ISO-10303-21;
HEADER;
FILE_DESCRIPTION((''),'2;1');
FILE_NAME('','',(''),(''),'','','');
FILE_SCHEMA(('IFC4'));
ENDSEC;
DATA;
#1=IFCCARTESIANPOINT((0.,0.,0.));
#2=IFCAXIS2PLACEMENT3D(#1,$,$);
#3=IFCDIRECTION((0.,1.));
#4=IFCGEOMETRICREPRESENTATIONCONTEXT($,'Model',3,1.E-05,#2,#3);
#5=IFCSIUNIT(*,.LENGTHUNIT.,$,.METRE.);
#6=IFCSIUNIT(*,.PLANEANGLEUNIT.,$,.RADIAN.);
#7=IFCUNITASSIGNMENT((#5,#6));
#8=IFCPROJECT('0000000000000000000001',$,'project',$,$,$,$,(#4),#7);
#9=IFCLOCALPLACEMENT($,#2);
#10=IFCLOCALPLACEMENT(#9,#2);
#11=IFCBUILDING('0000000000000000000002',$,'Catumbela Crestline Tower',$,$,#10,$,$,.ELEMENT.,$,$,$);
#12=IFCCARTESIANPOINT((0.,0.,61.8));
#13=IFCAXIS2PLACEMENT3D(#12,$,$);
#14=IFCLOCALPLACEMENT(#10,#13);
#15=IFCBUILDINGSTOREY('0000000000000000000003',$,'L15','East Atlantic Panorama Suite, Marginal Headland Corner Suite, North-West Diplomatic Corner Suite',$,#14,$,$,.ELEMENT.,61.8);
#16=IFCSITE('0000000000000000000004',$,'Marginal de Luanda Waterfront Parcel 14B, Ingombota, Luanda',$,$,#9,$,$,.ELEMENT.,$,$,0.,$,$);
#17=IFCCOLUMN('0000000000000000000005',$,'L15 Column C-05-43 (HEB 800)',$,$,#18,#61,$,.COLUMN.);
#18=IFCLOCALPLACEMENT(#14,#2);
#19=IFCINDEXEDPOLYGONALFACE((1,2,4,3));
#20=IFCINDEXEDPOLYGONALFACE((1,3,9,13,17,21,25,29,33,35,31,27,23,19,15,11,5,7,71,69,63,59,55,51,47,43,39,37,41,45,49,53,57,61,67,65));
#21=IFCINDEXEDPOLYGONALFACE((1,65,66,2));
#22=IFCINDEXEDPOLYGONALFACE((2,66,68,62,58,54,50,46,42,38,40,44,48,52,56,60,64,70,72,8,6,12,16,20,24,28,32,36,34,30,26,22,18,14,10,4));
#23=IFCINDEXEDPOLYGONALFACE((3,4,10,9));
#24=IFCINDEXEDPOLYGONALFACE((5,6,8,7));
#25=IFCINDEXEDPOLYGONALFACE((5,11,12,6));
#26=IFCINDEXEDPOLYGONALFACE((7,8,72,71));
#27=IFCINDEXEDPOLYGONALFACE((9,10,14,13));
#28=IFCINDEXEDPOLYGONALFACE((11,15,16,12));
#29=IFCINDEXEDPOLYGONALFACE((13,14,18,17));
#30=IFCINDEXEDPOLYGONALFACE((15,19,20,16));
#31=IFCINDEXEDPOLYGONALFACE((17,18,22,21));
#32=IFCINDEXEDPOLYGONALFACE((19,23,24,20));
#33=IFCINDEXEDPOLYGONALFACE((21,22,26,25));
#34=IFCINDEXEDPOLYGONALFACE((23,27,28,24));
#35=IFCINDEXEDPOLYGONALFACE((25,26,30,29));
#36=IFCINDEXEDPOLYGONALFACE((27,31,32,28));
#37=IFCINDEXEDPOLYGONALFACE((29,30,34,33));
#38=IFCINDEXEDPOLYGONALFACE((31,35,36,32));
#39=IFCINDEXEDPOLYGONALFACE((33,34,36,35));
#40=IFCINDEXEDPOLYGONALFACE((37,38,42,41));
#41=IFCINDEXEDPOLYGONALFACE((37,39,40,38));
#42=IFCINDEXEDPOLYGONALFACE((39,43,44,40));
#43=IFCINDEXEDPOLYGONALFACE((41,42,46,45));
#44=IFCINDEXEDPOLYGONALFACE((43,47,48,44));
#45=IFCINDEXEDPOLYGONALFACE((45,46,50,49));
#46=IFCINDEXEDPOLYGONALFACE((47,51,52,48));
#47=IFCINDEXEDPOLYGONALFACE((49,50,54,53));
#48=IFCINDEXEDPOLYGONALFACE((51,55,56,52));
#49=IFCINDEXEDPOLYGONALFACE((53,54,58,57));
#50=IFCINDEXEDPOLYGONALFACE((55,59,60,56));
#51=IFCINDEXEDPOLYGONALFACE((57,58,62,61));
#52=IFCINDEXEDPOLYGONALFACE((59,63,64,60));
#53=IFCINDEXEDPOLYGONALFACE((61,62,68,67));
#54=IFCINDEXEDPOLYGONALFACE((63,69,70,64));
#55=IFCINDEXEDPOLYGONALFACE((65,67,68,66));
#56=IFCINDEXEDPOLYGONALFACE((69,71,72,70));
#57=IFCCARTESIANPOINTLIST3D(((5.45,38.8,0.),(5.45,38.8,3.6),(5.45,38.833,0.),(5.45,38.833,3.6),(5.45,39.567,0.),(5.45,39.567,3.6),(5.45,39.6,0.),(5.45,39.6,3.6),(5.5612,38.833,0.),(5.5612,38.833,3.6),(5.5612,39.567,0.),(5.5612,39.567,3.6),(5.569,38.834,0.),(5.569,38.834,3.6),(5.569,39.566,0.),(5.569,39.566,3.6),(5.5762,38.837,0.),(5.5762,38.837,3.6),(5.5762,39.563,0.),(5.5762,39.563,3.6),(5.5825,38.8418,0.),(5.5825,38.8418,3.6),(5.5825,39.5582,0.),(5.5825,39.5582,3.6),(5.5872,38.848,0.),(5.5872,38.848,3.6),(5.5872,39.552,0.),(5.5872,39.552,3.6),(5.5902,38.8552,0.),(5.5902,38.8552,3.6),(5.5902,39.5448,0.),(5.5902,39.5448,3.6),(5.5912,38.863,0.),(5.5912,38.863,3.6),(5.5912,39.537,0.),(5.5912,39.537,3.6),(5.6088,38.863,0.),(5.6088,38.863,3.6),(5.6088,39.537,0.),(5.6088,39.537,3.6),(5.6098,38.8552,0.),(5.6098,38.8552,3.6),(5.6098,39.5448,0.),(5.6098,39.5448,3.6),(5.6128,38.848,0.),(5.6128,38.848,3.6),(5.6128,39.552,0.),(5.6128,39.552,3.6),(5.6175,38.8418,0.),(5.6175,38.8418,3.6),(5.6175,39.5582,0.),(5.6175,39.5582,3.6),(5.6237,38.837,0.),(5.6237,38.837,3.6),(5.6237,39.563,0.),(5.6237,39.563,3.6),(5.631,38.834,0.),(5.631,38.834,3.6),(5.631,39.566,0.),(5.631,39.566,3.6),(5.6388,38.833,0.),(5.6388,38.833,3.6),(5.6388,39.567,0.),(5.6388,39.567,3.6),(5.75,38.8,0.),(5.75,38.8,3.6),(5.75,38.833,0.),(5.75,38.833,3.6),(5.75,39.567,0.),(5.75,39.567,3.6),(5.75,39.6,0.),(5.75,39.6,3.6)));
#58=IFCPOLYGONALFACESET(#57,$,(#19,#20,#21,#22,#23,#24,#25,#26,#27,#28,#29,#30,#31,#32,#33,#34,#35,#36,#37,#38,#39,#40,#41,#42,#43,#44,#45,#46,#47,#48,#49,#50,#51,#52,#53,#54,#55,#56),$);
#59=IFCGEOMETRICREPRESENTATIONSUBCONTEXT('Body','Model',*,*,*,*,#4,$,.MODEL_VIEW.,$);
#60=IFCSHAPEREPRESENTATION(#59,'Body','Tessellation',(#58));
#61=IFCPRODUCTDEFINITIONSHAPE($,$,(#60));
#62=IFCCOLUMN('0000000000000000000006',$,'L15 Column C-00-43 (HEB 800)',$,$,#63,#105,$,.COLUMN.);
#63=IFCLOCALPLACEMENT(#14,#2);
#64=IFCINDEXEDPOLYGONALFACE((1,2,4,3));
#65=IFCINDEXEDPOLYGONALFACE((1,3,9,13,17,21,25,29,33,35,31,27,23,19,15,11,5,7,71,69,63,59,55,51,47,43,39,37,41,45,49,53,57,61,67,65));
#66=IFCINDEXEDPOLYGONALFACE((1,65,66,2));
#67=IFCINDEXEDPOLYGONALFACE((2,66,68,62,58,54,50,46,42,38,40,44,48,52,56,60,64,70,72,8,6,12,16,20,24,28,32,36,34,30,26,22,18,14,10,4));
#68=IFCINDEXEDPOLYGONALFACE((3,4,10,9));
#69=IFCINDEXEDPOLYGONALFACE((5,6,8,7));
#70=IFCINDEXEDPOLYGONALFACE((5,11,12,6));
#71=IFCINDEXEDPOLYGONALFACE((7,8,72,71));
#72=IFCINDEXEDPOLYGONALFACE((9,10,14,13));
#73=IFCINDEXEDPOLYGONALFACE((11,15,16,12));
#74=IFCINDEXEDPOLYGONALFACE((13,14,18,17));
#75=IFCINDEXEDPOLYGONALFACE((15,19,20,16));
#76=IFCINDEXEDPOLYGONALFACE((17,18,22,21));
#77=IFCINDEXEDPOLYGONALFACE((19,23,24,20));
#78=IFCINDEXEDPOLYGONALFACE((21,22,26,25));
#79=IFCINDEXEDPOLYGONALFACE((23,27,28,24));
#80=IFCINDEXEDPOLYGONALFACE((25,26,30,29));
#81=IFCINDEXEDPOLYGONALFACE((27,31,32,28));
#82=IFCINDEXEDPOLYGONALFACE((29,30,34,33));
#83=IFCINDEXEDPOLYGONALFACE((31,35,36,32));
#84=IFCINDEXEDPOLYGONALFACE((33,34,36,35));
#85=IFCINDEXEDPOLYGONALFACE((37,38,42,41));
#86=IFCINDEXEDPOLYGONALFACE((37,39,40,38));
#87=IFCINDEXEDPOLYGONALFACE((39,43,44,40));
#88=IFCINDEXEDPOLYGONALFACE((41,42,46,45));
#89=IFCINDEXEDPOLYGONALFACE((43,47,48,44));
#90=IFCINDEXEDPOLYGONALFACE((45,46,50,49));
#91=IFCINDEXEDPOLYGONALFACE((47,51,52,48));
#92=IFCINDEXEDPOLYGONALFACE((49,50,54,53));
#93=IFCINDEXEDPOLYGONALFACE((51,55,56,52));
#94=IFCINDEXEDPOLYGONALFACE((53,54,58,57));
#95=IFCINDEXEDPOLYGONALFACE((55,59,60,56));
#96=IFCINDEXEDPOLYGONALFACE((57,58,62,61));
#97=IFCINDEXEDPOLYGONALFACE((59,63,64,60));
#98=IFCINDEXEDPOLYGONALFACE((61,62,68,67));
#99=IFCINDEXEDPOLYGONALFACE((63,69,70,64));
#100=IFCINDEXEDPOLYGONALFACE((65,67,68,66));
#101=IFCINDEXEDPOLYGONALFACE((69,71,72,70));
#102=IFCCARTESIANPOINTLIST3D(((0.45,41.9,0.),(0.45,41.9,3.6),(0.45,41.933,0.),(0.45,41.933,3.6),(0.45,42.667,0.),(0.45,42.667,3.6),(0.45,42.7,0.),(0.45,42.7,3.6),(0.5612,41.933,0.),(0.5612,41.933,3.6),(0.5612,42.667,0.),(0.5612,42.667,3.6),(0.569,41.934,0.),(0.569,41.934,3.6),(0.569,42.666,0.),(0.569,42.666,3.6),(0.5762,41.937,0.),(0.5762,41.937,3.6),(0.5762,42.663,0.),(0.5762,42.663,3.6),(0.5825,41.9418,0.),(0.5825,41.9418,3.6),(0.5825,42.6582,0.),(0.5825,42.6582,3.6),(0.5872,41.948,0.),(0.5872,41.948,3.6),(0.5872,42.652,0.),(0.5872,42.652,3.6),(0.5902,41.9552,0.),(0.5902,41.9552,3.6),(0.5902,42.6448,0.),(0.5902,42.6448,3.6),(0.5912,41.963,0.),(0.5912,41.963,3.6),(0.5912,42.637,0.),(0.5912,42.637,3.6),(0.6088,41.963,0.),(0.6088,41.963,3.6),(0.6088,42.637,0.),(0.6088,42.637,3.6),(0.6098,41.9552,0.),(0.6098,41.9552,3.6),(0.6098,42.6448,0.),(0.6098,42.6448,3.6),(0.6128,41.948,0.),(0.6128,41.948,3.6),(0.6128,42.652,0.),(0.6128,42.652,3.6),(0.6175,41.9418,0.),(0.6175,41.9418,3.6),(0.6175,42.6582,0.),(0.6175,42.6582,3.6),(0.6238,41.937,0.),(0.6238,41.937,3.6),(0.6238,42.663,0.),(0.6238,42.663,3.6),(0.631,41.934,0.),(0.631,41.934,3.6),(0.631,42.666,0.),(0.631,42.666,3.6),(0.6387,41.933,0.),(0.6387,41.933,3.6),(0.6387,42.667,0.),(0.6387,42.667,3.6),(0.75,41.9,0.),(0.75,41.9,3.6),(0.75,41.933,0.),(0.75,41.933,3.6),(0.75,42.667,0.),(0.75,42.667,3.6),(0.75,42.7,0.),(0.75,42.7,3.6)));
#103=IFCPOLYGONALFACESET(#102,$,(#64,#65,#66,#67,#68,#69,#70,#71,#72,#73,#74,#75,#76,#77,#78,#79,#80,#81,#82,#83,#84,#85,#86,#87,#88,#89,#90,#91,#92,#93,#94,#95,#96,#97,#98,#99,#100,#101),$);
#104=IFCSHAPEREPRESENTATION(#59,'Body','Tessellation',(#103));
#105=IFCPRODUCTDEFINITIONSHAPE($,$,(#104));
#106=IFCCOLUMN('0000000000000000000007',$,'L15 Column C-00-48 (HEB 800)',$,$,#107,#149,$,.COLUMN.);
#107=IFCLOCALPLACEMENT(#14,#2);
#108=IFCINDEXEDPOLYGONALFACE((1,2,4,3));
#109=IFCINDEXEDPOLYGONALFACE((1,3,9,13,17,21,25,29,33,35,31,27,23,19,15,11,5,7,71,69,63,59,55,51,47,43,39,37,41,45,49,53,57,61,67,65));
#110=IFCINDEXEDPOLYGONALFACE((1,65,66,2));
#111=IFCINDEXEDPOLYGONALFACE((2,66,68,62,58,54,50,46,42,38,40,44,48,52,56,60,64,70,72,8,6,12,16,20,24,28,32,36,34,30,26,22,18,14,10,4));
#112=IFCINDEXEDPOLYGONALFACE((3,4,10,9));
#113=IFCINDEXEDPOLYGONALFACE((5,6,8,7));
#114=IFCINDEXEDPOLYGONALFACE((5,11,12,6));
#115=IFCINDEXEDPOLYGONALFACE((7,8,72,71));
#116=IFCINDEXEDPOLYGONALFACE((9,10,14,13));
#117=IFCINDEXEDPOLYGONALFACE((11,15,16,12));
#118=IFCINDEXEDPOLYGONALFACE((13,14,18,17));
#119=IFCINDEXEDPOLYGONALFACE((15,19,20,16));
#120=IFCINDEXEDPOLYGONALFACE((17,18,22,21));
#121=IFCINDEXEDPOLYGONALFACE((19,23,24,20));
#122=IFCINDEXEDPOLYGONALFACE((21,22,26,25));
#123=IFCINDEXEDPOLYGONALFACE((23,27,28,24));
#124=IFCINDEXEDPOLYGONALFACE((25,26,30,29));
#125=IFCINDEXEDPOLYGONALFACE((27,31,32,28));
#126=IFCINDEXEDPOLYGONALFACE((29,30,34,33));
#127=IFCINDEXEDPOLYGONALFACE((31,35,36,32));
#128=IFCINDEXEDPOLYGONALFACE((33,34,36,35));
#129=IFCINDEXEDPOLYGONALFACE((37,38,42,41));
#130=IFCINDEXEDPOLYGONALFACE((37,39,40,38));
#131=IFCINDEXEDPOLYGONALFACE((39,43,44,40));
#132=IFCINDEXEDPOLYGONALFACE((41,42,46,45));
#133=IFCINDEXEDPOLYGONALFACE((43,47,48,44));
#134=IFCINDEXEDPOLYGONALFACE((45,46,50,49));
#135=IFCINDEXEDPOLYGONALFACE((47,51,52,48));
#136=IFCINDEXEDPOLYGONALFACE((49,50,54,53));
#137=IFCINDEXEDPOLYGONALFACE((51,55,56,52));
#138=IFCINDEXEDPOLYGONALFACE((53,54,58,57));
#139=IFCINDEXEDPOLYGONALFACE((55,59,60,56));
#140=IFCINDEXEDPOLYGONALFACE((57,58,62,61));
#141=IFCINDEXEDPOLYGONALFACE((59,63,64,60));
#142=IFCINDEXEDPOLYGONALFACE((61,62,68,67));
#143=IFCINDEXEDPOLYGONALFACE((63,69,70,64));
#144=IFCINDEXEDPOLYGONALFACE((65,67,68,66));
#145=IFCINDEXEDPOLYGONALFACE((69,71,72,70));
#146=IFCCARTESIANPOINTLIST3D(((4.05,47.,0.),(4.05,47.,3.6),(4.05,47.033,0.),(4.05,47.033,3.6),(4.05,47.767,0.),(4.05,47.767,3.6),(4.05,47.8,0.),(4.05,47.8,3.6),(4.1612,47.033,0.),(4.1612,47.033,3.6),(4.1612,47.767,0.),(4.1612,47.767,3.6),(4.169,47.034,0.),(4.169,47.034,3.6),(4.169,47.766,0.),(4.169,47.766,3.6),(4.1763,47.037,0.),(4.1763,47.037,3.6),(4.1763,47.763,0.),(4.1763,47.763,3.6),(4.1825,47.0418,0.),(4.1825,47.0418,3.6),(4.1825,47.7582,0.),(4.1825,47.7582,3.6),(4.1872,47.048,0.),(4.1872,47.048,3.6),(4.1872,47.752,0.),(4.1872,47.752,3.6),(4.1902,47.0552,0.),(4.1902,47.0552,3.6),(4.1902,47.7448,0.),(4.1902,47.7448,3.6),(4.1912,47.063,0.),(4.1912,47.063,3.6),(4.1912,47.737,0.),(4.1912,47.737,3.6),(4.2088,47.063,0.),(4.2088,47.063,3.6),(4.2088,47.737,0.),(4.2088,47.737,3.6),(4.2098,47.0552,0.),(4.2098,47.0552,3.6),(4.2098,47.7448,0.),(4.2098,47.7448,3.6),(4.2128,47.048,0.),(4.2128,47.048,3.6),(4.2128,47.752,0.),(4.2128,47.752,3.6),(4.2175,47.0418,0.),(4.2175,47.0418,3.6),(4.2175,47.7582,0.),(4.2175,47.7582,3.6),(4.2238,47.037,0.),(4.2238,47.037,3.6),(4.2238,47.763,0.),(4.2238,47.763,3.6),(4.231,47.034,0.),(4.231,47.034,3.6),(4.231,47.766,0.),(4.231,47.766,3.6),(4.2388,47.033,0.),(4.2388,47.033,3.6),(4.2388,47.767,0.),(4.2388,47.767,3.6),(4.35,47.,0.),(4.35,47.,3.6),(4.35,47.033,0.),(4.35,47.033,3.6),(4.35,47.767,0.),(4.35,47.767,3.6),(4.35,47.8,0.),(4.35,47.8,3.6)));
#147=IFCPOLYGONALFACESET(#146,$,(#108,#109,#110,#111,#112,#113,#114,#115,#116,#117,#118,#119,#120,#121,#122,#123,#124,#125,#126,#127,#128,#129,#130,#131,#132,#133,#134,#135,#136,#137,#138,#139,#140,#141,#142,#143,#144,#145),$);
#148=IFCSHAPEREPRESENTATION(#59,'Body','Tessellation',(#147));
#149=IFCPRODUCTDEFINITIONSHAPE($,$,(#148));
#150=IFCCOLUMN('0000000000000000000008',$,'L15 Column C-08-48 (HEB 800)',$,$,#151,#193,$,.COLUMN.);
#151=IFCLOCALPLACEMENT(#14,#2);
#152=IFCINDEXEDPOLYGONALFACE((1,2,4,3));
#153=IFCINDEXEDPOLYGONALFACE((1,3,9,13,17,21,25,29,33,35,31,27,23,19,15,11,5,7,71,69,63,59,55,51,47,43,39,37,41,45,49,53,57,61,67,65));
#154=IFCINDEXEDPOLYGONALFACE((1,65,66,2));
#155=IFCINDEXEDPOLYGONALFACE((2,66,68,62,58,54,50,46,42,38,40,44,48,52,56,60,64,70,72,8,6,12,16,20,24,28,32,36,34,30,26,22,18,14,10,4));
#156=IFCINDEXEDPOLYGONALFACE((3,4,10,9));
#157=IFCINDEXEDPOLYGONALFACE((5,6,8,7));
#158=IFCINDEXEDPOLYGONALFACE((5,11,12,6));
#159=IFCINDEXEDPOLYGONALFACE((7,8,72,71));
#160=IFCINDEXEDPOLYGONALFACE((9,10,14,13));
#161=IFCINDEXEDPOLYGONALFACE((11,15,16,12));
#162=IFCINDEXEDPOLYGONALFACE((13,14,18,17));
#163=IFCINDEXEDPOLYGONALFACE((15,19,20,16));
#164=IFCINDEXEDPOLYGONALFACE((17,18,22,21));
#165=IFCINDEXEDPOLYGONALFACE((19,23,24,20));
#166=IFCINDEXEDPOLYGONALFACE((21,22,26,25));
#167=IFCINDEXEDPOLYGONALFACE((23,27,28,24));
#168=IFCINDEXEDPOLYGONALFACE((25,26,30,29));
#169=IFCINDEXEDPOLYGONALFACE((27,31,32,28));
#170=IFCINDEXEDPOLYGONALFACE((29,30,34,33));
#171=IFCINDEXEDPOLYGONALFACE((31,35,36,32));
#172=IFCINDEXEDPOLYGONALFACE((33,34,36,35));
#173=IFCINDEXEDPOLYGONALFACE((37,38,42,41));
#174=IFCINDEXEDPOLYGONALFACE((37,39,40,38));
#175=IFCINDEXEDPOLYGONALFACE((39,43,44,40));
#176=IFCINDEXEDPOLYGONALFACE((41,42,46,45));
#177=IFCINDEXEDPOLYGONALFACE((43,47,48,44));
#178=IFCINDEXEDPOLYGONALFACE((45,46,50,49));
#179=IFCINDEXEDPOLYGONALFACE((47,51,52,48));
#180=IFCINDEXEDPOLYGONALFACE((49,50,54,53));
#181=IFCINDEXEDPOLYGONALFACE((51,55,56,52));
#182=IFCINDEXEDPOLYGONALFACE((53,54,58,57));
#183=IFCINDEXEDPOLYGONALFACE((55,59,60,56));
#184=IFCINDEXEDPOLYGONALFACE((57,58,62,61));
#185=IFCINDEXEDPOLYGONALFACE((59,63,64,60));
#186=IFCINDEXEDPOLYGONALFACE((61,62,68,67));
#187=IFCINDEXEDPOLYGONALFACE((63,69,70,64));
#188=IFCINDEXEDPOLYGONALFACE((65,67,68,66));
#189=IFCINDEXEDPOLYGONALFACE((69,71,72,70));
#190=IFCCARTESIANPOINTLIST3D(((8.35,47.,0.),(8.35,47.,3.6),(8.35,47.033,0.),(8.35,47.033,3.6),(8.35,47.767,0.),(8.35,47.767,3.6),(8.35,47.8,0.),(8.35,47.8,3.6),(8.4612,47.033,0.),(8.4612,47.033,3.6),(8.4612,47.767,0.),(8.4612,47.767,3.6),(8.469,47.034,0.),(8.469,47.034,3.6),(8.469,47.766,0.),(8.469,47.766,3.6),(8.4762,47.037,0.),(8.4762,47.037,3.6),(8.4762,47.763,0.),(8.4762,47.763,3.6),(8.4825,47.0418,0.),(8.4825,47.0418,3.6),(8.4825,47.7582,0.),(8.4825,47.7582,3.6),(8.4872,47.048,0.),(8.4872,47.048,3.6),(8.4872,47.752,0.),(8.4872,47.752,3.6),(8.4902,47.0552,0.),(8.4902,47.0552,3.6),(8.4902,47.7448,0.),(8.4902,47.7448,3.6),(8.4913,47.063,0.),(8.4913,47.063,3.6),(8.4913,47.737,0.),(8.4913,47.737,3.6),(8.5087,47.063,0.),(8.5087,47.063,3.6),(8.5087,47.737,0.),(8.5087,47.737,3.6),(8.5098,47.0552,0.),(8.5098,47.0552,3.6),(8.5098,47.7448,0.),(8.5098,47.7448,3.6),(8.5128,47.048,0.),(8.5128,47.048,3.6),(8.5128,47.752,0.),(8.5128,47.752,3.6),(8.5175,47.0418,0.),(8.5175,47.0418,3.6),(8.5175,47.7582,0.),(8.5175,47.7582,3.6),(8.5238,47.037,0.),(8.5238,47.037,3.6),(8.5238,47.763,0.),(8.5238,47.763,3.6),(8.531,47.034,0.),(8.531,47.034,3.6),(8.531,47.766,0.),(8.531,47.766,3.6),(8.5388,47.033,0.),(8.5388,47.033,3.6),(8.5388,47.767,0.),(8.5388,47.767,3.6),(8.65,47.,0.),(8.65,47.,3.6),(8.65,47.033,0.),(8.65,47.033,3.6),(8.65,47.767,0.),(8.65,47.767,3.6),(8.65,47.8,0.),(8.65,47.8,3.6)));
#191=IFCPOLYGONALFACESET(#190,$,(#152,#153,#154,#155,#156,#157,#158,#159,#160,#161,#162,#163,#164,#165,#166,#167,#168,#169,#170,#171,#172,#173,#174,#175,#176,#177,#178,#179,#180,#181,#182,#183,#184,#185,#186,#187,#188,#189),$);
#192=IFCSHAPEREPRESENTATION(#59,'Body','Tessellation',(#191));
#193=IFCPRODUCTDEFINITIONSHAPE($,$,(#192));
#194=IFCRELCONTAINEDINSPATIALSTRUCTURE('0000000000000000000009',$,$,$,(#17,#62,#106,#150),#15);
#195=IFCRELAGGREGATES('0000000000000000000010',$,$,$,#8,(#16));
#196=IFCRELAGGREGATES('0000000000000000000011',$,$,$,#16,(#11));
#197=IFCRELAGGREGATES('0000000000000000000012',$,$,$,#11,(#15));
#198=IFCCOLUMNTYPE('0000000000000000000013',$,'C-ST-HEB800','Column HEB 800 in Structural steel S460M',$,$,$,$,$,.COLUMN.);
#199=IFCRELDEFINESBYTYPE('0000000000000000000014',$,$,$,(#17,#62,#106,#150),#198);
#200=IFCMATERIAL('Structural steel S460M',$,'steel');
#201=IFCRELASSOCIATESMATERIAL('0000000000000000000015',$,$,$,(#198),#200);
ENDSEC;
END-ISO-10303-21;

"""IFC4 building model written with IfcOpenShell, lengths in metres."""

from ifc_helpers import new_model, si_unit, direction, frame, origin, origin_2d, place, context, subcontext, project, spatial, i_section, extrude, material, material_profile, profile_set, type_object, element, save


model = new_model("IFC4")

# Units and contexts
model_context = context("Model", 3, precision=1e-05, world=origin(), true_north=direction((0.0, 1.0)))
body_context = subcontext(model_context, "Body", "Model", "MODEL_VIEW")
ifc_project = project(units=[si_unit("LENGTHUNIT", "METRE"), si_unit("PLANEANGLEUNIT", "RADIAN")], contexts=[model_context])

# Site, building, storey
site_placement = place(None, origin())
site = spatial("IfcSite", under=ifc_project, at=site_placement, Name="Marginal de Luanda Waterfront Parcel 14B, Ingombota, Luanda", CompositionType="ELEMENT", RefElevation=0.0)
building_placement = place(site_placement, origin())
building = spatial("IfcBuilding", under=site, at=building_placement, Name="Catumbela Crestline Tower", CompositionType="ELEMENT")
storey_placement = place(building_placement, frame((0.0, 0.0, 61.8)))
storey = spatial("IfcBuildingStorey", under=building, at=storey_placement, Name="L15", Description="East Atlantic Panorama Suite, Marginal Headland Corner Suite, North-West Diplomatic Corner Suite", CompositionType="ELEMENT", Elevation=61.8)

# Columns
ifc_material_1 = material(Name="Structural steel S460M", Category="steel")
ifc_material_profile_1 = material_profile(ifc_material_1, i_section(OverallWidth=0.3, OverallDepth=0.8, WebThickness=0.0175, FlangeThickness=0.033, FilletRadius=0.03, at=origin_2d()), Name="HEB 800")
ifc_profile_set_1 = profile_set([ifc_material_profile_1], Name="Structural steel S460M")
column_type = type_object("IfcColumnType", Name="C-ST-HEB800", Description="Column HEB 800 in Structural steel S460M", PredefinedType="COLUMN", material=ifc_profile_set_1)
for number, where, z_axis, x_axis, name in (
    (1, (5.6, 39.2, 0.0), (0.0, 0.0, 1.0), (1.0, 0.0, 0.0), "L15 Column C-05-43 (HEB 800)"),
    (2, (0.6, 42.3, 0.0), (0.0, 0.0, 1.0), (1.0, 0.0, 0.0), "L15 Column C-00-43 (HEB 800)"),
    (3, (4.2, 47.4, 0.0), (0.0, 0.0, 1.0), (1.0, 0.0, 0.0), "L15 Column C-00-48 (HEB 800)"),
    (4, (8.5, 47.4, 0.0), (0.0, 0.0, 1.0), (1.0, 0.0, 0.0), "L15 Column C-08-48 (HEB 800)"),
):
    element("IfcColumn", number, at=place(storey_placement, frame(where, z_axis=z_axis, x_axis=x_axis)), inside=storey, type_object=column_type, Name=name, PredefinedType="COLUMN", context=body_context, shape_type="SweptSolid", body=[
        extrude(i_section(OverallWidth=0.3, OverallDepth=0.8, WebThickness=0.0175, FlangeThickness=0.033, FilletRadius=0.03, at=origin_2d()), origin(), (0.0, 0.0, 1.0), 3.6),
    ])

save(model, "model.ifc")
